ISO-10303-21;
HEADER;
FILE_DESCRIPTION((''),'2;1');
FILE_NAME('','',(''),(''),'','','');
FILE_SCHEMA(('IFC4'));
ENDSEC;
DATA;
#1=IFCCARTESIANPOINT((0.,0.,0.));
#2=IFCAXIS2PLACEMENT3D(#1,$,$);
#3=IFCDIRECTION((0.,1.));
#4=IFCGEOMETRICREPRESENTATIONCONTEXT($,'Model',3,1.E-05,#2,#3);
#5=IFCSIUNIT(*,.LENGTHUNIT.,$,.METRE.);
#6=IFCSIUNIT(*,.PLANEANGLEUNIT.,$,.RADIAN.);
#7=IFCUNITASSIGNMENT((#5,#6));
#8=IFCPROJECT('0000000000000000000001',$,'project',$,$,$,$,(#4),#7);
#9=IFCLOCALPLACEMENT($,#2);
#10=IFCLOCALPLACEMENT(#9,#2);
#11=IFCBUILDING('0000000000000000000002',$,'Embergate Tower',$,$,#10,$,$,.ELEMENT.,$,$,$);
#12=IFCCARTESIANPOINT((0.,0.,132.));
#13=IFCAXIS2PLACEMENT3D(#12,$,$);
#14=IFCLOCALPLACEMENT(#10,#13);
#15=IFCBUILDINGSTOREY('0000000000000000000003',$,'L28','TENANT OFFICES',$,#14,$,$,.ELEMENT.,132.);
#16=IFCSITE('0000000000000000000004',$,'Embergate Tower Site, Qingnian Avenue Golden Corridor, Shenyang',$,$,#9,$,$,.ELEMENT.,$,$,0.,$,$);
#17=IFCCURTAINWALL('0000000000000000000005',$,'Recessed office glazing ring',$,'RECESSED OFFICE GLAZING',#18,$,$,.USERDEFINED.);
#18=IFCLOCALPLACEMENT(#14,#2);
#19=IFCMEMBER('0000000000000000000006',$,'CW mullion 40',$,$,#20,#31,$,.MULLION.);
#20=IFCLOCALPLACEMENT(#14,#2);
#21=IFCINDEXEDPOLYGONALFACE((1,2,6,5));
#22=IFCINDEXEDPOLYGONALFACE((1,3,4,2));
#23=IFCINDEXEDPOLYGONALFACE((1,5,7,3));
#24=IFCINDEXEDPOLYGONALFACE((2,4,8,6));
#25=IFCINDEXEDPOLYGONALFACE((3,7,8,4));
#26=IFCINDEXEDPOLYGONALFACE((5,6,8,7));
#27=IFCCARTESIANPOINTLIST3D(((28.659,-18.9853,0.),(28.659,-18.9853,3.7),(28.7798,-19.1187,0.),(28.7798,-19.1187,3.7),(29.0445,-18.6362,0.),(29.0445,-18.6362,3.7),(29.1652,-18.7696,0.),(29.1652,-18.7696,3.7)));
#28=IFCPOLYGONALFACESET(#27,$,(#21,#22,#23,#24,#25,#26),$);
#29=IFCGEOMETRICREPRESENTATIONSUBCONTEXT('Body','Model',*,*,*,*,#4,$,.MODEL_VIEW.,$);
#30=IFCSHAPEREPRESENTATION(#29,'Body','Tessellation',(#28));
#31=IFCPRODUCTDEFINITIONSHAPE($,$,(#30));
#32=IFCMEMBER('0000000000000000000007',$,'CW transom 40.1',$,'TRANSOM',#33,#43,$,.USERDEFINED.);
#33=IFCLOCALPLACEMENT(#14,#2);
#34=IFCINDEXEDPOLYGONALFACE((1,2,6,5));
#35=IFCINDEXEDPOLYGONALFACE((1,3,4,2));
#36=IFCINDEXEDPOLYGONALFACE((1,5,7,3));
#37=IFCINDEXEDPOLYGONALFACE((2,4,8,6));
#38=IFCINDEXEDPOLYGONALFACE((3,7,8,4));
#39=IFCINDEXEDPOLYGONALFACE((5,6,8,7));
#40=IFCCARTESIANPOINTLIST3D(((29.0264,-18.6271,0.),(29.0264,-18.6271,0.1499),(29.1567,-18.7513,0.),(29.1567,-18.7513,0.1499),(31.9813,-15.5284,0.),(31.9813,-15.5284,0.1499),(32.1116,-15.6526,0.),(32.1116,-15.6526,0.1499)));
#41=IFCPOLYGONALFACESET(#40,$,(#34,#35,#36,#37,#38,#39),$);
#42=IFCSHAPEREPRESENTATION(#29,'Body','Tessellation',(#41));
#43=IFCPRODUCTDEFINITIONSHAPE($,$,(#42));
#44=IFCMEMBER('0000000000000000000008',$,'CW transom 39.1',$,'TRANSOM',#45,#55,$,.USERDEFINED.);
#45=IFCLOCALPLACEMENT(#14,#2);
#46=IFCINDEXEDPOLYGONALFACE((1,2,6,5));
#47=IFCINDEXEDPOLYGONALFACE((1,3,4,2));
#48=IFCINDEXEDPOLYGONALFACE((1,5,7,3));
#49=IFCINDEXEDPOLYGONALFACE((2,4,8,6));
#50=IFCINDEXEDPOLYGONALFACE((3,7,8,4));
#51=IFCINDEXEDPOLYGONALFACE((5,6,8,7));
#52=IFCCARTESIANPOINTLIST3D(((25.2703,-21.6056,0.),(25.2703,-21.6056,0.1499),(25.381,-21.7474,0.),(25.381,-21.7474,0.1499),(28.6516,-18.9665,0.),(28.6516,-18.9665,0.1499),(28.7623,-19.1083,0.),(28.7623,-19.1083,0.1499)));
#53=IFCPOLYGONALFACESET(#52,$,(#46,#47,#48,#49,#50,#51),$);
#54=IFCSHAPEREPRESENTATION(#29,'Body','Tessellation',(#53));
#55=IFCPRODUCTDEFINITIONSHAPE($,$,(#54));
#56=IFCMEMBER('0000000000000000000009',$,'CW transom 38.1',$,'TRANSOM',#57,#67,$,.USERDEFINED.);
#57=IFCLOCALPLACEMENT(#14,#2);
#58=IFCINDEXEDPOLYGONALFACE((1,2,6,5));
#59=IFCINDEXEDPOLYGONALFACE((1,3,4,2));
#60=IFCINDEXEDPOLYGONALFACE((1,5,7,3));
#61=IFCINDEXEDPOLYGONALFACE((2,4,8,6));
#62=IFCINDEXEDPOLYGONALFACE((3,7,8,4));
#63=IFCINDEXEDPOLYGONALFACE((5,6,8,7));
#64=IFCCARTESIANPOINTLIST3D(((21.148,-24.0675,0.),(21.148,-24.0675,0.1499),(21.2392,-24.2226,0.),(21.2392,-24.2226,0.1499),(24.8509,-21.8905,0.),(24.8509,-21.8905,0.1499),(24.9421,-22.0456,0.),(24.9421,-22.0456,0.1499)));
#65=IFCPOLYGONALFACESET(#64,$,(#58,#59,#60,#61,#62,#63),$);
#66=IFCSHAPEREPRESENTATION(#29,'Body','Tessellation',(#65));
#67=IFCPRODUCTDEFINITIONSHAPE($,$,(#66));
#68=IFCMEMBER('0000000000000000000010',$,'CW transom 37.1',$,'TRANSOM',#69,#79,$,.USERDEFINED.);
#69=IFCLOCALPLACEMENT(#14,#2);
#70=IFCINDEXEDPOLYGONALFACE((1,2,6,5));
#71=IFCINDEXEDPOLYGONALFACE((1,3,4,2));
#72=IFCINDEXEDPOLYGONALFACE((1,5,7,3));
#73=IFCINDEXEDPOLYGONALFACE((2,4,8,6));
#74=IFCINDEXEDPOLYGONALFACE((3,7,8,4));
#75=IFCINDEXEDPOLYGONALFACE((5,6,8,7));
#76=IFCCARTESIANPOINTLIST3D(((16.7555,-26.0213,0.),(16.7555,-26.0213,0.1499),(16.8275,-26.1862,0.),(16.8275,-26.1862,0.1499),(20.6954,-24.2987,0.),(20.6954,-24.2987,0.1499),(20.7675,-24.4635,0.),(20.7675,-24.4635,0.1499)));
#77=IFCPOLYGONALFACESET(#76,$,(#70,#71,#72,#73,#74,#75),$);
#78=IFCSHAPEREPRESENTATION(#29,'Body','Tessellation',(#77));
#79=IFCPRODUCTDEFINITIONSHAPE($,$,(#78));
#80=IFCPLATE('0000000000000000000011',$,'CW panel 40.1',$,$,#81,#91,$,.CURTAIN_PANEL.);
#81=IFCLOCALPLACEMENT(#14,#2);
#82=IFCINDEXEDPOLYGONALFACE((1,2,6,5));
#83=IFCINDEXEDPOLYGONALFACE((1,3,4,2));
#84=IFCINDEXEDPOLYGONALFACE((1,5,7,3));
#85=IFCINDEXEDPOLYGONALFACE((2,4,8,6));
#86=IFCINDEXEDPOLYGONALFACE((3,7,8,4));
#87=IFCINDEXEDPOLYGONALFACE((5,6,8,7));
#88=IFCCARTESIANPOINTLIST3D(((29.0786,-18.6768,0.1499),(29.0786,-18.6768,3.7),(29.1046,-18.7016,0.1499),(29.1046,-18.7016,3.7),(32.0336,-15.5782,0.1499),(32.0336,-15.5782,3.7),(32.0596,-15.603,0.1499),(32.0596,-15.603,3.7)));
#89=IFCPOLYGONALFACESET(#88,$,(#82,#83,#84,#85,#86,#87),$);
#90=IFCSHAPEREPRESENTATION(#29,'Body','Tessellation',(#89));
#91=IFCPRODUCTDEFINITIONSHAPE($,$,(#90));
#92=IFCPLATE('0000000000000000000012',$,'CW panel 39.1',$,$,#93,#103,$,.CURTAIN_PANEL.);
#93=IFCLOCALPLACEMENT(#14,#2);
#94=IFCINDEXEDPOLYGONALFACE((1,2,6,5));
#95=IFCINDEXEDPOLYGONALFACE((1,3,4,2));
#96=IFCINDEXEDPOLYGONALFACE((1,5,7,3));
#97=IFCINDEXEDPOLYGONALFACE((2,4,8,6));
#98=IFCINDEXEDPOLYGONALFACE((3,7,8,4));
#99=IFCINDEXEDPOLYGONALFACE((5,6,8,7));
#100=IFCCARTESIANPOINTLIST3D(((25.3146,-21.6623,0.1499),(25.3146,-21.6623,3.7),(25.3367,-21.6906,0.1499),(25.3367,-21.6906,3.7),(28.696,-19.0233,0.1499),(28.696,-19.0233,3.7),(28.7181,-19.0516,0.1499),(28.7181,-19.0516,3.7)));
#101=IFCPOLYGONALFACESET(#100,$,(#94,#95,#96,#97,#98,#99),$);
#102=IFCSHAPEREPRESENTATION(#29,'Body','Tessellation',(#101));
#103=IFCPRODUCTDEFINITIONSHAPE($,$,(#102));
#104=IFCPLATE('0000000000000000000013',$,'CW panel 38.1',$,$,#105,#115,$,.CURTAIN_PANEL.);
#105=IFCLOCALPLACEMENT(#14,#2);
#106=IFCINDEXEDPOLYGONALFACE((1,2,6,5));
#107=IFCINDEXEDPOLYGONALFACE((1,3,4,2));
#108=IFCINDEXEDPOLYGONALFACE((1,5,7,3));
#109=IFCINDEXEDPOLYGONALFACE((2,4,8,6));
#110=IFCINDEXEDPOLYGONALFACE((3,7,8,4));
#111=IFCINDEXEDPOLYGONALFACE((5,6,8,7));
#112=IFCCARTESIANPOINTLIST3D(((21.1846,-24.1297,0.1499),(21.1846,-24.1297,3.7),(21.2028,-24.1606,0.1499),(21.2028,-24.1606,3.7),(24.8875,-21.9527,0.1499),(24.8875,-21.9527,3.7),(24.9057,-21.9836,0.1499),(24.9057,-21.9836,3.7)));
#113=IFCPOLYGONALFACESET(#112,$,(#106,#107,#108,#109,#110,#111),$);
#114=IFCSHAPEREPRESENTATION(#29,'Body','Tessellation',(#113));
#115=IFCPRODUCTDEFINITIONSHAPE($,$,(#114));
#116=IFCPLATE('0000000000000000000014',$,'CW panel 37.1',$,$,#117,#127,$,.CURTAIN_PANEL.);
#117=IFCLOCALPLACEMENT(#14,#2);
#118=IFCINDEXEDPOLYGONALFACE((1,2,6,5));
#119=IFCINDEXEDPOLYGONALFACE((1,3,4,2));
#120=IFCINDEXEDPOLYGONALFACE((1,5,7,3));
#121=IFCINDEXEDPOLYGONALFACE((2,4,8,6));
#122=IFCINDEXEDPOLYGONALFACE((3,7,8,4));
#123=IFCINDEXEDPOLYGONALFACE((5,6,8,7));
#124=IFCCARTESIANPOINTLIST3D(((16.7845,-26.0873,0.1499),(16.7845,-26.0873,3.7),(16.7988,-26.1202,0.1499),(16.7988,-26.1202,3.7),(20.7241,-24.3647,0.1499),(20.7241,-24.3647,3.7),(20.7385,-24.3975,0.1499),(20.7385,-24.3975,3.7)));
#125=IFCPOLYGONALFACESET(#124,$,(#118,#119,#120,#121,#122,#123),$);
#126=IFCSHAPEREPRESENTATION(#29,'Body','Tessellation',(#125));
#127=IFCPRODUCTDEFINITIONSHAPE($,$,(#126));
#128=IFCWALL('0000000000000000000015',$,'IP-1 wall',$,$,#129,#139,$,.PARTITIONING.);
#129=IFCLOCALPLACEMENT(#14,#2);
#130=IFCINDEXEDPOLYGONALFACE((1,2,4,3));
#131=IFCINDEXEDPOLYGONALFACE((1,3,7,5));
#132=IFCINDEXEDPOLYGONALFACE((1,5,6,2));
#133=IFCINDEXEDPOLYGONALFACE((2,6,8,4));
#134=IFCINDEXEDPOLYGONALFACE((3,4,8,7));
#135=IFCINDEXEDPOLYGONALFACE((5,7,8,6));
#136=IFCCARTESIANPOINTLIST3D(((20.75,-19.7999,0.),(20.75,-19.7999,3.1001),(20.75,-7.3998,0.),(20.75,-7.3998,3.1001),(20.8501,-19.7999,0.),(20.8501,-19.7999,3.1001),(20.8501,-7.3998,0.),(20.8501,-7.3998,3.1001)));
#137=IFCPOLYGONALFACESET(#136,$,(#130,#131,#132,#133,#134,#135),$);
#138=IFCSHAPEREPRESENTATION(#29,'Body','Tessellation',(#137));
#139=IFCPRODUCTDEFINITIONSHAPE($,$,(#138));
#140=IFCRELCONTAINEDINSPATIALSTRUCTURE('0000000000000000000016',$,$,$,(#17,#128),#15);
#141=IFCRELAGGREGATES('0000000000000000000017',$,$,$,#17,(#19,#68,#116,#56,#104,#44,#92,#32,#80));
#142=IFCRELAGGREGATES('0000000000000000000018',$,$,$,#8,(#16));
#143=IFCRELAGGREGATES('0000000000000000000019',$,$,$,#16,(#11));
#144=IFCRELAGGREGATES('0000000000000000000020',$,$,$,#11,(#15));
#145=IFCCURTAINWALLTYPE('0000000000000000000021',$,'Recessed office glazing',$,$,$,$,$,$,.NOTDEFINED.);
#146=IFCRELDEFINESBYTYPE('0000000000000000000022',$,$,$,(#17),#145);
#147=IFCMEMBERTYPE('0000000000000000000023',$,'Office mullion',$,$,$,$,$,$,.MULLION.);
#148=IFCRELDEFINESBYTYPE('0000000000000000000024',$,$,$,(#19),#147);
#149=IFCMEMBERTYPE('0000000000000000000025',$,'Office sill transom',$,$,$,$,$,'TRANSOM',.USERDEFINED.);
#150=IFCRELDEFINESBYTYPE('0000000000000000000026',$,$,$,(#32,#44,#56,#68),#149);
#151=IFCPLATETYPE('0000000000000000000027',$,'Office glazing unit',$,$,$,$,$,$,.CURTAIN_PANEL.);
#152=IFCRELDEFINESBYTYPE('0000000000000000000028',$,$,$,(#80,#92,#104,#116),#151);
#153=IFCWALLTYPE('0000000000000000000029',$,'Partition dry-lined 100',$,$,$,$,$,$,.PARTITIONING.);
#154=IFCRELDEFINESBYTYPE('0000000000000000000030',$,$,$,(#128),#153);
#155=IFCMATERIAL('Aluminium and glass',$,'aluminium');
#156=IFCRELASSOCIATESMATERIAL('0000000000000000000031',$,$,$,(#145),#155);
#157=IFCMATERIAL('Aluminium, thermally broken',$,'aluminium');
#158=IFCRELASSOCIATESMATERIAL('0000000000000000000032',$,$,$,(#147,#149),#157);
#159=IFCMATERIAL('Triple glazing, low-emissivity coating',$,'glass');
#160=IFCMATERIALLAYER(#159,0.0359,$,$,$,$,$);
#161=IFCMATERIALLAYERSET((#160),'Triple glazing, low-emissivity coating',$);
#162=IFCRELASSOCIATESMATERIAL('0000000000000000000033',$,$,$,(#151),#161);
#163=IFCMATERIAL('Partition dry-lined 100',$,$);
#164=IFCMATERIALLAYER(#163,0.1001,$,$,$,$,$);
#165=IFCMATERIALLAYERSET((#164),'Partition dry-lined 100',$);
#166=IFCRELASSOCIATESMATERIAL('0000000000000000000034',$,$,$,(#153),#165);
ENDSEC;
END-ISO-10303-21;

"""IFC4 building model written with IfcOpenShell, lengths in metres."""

from ifc_helpers import new_model, si_unit, direction, frame, frame_2d, origin, origin_2d, place, context, subcontext, project, spatial, rectangle, extrude, source, transform, mapped, material, layer, layer_set, material_profile, profile_set, type_object, element, aggregate, save


model = new_model("IFC4")

# Units and contexts
model_context = context("Model", 3, precision=1e-05, world=origin(), true_north=direction((0.0, 1.0)))
body_context = subcontext(model_context, "Body", "Model", "MODEL_VIEW")
ifc_project = project(units=[si_unit("LENGTHUNIT", "METRE"), si_unit("PLANEANGLEUNIT", "RADIAN")], contexts=[model_context])

# Site, building, storey
site_placement = place(None, origin())
site = spatial("IfcSite", under=ifc_project, at=site_placement, Name="Embergate Tower Site, Qingnian Avenue Golden Corridor, Shenyang", CompositionType="ELEMENT", RefElevation=0.0)
building_placement = place(site_placement, origin())
building = spatial("IfcBuilding", under=site, at=building_placement, Name="Embergate Tower", CompositionType="ELEMENT")
storey_placement = place(building_placement, frame((0.0, 0.0, 132.0)))
storey = spatial("IfcBuildingStorey", under=building, at=storey_placement, Name="L28", Description="TENANT OFFICES", CompositionType="ELEMENT", Elevation=132.0)

# Curtain wall, members, plates
ifc_material_1 = material(Name="Aluminium and glass", Category="aluminium")
curtain_wall_type = type_object("IfcCurtainWallType", Name="Recessed office glazing", PredefinedType="NOTDEFINED", material=ifc_material_1)
curtain_wall_placement = place(storey_placement, origin())
curtain_wall = element("IfcCurtainWall", 1, at=curtain_wall_placement, inside=storey, type_object=curtain_wall_type, Name="Recessed office glazing ring", ObjectType="RECESSED OFFICE GLAZING", PredefinedType="USERDEFINED")
ifc_material_2 = material(Name="Aluminium, thermally broken", Category="aluminium")
ifc_material_profile_1 = material_profile(ifc_material_2, rectangle(XDim=0.1799, YDim=0.52, at=origin_2d()), Name="AL 520x180")
ifc_profile_set_1 = profile_set([ifc_material_profile_1], Name="Aluminium, thermally broken")
member_type_1 = type_object("IfcMemberType", Name="Office mullion", PredefinedType="MULLION", material=ifc_profile_set_1)
shared_shape_1 = source(origin(), body_context, "Body", "SweptSolid", [
    extrude(rectangle(XDim=0.1799, YDim=0.52, at=origin_2d()), origin(), (0.0, 0.0, 1.0), 3.7),
])
member_1_placement = place(storey_placement, frame((28.9121, -18.8774, 0.0), z_axis=(0.0, 0.0, 1.0), x_axis=(-0.671225, 0.741253, 0.0)))
member_1 = element("IfcMember", 2, at=member_1_placement, type_object=member_type_1, Name="CW mullion 40", PredefinedType="MULLION", context=body_context, shape_type="MappedRepresentation", body=[
    mapped(shared_shape_1, transform((0.0, 0.0, 0.0))),
])
ifc_material_profile_2 = material_profile(ifc_material_2, rectangle(XDim=0.1799, YDim=0.1499, at=origin_2d()), Name="AL 150x180")
ifc_profile_set_2 = profile_set([ifc_material_profile_2], Name="Aluminium, thermally broken")
member_type_2 = type_object("IfcMemberType", Name="Office sill transom", ElementType="TRANSOM", PredefinedType="USERDEFINED", material=ifc_profile_set_2)
shared_shape_2 = source(origin(), body_context, "Body", "SweptSolid", [
    extrude(rectangle(XDim=0.1799, YDim=0.1499, at=origin_2d()), origin(), (0.0, 0.0, 1.0), 4.2817),
])
member_2_placement = place(storey_placement, frame((29.0916, -18.6892, 0.075), z_axis=(0.690115, 0.7237, 0.0), x_axis=(-0.7237, 0.690115, 0.0)))
member_2 = element("IfcMember", 3, at=member_2_placement, type_object=member_type_2, Name="CW transom 40.1", ObjectType="TRANSOM", PredefinedType="USERDEFINED", context=body_context, shape_type="MappedRepresentation", body=[
    mapped(shared_shape_2, transform((0.0, 0.0, 0.0))),
])
shared_shape_3 = source(origin(), body_context, "Body", "SweptSolid", [
    extrude(rectangle(XDim=0.1799, YDim=0.1499, at=origin_2d()), origin(), (0.0, 0.0, 1.0), 4.2893),
])
member_3_placement = place(storey_placement, frame((25.3257, -21.6765, 0.075), z_axis=(0.788309, 0.615279, 0.0), x_axis=(-0.615279, 0.788309, 0.0)))
member_3 = element("IfcMember", 4, at=member_3_placement, type_object=member_type_2, Name="CW transom 39.1", ObjectType="TRANSOM", PredefinedType="USERDEFINED", context=body_context, shape_type="MappedRepresentation", body=[
    mapped(shared_shape_3, transform((0.0, 0.0, 0.0))),
])
shared_shape_4 = source(origin(), body_context, "Body", "SweptSolid", [
    extrude(rectangle(XDim=0.1799, YDim=0.1499, at=origin_2d()), origin(), (0.0, 0.0, 1.0), 4.2954),
])
member_4_placement = place(storey_placement, frame((21.1936, -24.145, 0.075), z_axis=(0.862053, 0.506819, 0.0), x_axis=(-0.506819, 0.862053, 0.0)))
member_4 = element("IfcMember", 5, at=member_4_placement, type_object=member_type_2, Name="CW transom 38.1", ObjectType="TRANSOM", PredefinedType="USERDEFINED", context=body_context, shape_type="MappedRepresentation", body=[
    mapped(shared_shape_4, transform((0.0, 0.0, 0.0))),
])
shared_shape_5 = source(origin(), body_context, "Body", "SweptSolid", [
    extrude(rectangle(XDim=0.1799, YDim=0.1499, at=origin_2d()), origin(), (0.0, 0.0, 1.0), 4.3),
])
member_5_placement = place(storey_placement, frame((16.7915, -26.1038, 0.075), z_axis=(0.916249, 0.40061, 0.0), x_axis=(-0.40061, 0.916249, 0.0)))
member_5 = element("IfcMember", 6, at=member_5_placement, type_object=member_type_2, Name="CW transom 37.1", ObjectType="TRANSOM", PredefinedType="USERDEFINED", context=body_context, shape_type="MappedRepresentation", body=[
    mapped(shared_shape_5, transform((0.0, 0.0, 0.0))),
])
ifc_material_3 = material(Name="Triple glazing, low-emissivity coating", Category="glass")
ifc_layer_1 = layer(ifc_material_3, 0.0359)
ifc_layer_set_1 = layer_set([ifc_layer_1], Name="Triple glazing, low-emissivity coating")
plate_type = type_object("IfcPlateType", Name="Office glazing unit", PredefinedType="CURTAIN_PANEL", material=ifc_layer_set_1)
shared_shape_6 = source(origin(), body_context, "Body", "SweptSolid", [
    extrude(rectangle(XDim=4.2817, YDim=0.0359, at=origin_2d()), origin(), (0.0, 0.0, 1.0), 3.55),
])
plate_1_placement = place(storey_placement, frame((30.5691, -17.1399, 0.1499), z_axis=(0.0, 0.0, 1.0), x_axis=(0.690136, 0.723679, 0.0)))
plate_1 = element("IfcPlate", 7, at=plate_1_placement, type_object=plate_type, Name="CW panel 40.1", PredefinedType="CURTAIN_PANEL", context=body_context, shape_type="MappedRepresentation", body=[
    mapped(shared_shape_6, transform((0.0, 0.0, 0.0))),
])
shared_shape_7 = source(origin(), body_context, "Body", "SweptSolid", [
    extrude(rectangle(XDim=4.2893, YDim=0.0359, at=origin_2d()), origin(), (0.0, 0.0, 1.0), 3.55),
])
plate_2_placement = place(storey_placement, frame((27.0164, -20.3569, 0.1499), z_axis=(0.0, 0.0, 1.0), x_axis=(0.788322, 0.615263, 0.0)))
plate_2 = element("IfcPlate", 8, at=plate_2_placement, type_object=plate_type, Name="CW panel 39.1", PredefinedType="CURTAIN_PANEL", context=body_context, shape_type="MappedRepresentation", body=[
    mapped(shared_shape_7, transform((0.0, 0.0, 0.0))),
])
shared_shape_8 = source(origin(), body_context, "Body", "SweptSolid", [
    extrude(rectangle(XDim=4.2954, YDim=0.0359, at=origin_2d()), origin(), (0.0, 0.0, 1.0), 3.55),
])
plate_3_placement = place(storey_placement, frame((23.0452, -23.0566, 0.1499), z_axis=(0.0, 0.0, 1.0), x_axis=(0.862054, 0.506816, 0.0)))
plate_3 = element("IfcPlate", 9, at=plate_3_placement, type_object=plate_type, Name="CW panel 38.1", PredefinedType="CURTAIN_PANEL", context=body_context, shape_type="MappedRepresentation", body=[
    mapped(shared_shape_8, transform((0.0, 0.0, 0.0))),
])
shared_shape_9 = source(origin(), body_context, "Body", "SweptSolid", [
    extrude(rectangle(XDim=4.2998, YDim=0.0359, at=origin_2d()), origin(), (0.0, 0.0, 1.0), 3.55),
])
plate_4_placement = place(storey_placement, frame((18.7615, -25.2424, 0.1499), z_axis=(0.0, 0.0, 1.0), x_axis=(0.916237, 0.400637, 0.0)))
plate_4 = element("IfcPlate", 10, at=plate_4_placement, type_object=plate_type, Name="CW panel 37.1", PredefinedType="CURTAIN_PANEL", context=body_context, shape_type="MappedRepresentation", body=[
    mapped(shared_shape_9, transform((0.0, 0.0, 0.0))),
])
aggregate(curtain_wall, [member_1, member_5, plate_4, member_4, plate_3, member_3, plate_2, member_2, plate_1])

# Wall
ifc_material_4 = material(Name="Partition dry-lined 100")
ifc_layer_2 = layer(ifc_material_4, 0.1001)
ifc_layer_set_2 = layer_set([ifc_layer_2], Name="Partition dry-lined 100")
wall_type = type_object("IfcWallType", Name="Partition dry-lined 100", PredefinedType="PARTITIONING", material=ifc_layer_set_2)
shared_shape_10 = source(origin(), body_context, "Body", "SweptSolid", [
    extrude(rectangle(XDim=12.4001, YDim=0.1001, at=frame_2d((6.2002, 0.0))), origin(), (0.0, 0.0, 1.0), 3.1001),
])
wall_placement = place(storey_placement, frame((20.8, -19.8, 0.0), z_axis=(0.0, 0.0, 1.0), x_axis=(0.0, 1.0, 0.0)))
element("IfcWall", 11, at=wall_placement, inside=storey, type_object=wall_type, Name="IP-1 wall", PredefinedType="PARTITIONING", context=body_context, shape_type="MappedRepresentation", body=[
    mapped(shared_shape_10, transform((0.0, 0.0, 0.0))),
])

save(model, "model.ifc")
